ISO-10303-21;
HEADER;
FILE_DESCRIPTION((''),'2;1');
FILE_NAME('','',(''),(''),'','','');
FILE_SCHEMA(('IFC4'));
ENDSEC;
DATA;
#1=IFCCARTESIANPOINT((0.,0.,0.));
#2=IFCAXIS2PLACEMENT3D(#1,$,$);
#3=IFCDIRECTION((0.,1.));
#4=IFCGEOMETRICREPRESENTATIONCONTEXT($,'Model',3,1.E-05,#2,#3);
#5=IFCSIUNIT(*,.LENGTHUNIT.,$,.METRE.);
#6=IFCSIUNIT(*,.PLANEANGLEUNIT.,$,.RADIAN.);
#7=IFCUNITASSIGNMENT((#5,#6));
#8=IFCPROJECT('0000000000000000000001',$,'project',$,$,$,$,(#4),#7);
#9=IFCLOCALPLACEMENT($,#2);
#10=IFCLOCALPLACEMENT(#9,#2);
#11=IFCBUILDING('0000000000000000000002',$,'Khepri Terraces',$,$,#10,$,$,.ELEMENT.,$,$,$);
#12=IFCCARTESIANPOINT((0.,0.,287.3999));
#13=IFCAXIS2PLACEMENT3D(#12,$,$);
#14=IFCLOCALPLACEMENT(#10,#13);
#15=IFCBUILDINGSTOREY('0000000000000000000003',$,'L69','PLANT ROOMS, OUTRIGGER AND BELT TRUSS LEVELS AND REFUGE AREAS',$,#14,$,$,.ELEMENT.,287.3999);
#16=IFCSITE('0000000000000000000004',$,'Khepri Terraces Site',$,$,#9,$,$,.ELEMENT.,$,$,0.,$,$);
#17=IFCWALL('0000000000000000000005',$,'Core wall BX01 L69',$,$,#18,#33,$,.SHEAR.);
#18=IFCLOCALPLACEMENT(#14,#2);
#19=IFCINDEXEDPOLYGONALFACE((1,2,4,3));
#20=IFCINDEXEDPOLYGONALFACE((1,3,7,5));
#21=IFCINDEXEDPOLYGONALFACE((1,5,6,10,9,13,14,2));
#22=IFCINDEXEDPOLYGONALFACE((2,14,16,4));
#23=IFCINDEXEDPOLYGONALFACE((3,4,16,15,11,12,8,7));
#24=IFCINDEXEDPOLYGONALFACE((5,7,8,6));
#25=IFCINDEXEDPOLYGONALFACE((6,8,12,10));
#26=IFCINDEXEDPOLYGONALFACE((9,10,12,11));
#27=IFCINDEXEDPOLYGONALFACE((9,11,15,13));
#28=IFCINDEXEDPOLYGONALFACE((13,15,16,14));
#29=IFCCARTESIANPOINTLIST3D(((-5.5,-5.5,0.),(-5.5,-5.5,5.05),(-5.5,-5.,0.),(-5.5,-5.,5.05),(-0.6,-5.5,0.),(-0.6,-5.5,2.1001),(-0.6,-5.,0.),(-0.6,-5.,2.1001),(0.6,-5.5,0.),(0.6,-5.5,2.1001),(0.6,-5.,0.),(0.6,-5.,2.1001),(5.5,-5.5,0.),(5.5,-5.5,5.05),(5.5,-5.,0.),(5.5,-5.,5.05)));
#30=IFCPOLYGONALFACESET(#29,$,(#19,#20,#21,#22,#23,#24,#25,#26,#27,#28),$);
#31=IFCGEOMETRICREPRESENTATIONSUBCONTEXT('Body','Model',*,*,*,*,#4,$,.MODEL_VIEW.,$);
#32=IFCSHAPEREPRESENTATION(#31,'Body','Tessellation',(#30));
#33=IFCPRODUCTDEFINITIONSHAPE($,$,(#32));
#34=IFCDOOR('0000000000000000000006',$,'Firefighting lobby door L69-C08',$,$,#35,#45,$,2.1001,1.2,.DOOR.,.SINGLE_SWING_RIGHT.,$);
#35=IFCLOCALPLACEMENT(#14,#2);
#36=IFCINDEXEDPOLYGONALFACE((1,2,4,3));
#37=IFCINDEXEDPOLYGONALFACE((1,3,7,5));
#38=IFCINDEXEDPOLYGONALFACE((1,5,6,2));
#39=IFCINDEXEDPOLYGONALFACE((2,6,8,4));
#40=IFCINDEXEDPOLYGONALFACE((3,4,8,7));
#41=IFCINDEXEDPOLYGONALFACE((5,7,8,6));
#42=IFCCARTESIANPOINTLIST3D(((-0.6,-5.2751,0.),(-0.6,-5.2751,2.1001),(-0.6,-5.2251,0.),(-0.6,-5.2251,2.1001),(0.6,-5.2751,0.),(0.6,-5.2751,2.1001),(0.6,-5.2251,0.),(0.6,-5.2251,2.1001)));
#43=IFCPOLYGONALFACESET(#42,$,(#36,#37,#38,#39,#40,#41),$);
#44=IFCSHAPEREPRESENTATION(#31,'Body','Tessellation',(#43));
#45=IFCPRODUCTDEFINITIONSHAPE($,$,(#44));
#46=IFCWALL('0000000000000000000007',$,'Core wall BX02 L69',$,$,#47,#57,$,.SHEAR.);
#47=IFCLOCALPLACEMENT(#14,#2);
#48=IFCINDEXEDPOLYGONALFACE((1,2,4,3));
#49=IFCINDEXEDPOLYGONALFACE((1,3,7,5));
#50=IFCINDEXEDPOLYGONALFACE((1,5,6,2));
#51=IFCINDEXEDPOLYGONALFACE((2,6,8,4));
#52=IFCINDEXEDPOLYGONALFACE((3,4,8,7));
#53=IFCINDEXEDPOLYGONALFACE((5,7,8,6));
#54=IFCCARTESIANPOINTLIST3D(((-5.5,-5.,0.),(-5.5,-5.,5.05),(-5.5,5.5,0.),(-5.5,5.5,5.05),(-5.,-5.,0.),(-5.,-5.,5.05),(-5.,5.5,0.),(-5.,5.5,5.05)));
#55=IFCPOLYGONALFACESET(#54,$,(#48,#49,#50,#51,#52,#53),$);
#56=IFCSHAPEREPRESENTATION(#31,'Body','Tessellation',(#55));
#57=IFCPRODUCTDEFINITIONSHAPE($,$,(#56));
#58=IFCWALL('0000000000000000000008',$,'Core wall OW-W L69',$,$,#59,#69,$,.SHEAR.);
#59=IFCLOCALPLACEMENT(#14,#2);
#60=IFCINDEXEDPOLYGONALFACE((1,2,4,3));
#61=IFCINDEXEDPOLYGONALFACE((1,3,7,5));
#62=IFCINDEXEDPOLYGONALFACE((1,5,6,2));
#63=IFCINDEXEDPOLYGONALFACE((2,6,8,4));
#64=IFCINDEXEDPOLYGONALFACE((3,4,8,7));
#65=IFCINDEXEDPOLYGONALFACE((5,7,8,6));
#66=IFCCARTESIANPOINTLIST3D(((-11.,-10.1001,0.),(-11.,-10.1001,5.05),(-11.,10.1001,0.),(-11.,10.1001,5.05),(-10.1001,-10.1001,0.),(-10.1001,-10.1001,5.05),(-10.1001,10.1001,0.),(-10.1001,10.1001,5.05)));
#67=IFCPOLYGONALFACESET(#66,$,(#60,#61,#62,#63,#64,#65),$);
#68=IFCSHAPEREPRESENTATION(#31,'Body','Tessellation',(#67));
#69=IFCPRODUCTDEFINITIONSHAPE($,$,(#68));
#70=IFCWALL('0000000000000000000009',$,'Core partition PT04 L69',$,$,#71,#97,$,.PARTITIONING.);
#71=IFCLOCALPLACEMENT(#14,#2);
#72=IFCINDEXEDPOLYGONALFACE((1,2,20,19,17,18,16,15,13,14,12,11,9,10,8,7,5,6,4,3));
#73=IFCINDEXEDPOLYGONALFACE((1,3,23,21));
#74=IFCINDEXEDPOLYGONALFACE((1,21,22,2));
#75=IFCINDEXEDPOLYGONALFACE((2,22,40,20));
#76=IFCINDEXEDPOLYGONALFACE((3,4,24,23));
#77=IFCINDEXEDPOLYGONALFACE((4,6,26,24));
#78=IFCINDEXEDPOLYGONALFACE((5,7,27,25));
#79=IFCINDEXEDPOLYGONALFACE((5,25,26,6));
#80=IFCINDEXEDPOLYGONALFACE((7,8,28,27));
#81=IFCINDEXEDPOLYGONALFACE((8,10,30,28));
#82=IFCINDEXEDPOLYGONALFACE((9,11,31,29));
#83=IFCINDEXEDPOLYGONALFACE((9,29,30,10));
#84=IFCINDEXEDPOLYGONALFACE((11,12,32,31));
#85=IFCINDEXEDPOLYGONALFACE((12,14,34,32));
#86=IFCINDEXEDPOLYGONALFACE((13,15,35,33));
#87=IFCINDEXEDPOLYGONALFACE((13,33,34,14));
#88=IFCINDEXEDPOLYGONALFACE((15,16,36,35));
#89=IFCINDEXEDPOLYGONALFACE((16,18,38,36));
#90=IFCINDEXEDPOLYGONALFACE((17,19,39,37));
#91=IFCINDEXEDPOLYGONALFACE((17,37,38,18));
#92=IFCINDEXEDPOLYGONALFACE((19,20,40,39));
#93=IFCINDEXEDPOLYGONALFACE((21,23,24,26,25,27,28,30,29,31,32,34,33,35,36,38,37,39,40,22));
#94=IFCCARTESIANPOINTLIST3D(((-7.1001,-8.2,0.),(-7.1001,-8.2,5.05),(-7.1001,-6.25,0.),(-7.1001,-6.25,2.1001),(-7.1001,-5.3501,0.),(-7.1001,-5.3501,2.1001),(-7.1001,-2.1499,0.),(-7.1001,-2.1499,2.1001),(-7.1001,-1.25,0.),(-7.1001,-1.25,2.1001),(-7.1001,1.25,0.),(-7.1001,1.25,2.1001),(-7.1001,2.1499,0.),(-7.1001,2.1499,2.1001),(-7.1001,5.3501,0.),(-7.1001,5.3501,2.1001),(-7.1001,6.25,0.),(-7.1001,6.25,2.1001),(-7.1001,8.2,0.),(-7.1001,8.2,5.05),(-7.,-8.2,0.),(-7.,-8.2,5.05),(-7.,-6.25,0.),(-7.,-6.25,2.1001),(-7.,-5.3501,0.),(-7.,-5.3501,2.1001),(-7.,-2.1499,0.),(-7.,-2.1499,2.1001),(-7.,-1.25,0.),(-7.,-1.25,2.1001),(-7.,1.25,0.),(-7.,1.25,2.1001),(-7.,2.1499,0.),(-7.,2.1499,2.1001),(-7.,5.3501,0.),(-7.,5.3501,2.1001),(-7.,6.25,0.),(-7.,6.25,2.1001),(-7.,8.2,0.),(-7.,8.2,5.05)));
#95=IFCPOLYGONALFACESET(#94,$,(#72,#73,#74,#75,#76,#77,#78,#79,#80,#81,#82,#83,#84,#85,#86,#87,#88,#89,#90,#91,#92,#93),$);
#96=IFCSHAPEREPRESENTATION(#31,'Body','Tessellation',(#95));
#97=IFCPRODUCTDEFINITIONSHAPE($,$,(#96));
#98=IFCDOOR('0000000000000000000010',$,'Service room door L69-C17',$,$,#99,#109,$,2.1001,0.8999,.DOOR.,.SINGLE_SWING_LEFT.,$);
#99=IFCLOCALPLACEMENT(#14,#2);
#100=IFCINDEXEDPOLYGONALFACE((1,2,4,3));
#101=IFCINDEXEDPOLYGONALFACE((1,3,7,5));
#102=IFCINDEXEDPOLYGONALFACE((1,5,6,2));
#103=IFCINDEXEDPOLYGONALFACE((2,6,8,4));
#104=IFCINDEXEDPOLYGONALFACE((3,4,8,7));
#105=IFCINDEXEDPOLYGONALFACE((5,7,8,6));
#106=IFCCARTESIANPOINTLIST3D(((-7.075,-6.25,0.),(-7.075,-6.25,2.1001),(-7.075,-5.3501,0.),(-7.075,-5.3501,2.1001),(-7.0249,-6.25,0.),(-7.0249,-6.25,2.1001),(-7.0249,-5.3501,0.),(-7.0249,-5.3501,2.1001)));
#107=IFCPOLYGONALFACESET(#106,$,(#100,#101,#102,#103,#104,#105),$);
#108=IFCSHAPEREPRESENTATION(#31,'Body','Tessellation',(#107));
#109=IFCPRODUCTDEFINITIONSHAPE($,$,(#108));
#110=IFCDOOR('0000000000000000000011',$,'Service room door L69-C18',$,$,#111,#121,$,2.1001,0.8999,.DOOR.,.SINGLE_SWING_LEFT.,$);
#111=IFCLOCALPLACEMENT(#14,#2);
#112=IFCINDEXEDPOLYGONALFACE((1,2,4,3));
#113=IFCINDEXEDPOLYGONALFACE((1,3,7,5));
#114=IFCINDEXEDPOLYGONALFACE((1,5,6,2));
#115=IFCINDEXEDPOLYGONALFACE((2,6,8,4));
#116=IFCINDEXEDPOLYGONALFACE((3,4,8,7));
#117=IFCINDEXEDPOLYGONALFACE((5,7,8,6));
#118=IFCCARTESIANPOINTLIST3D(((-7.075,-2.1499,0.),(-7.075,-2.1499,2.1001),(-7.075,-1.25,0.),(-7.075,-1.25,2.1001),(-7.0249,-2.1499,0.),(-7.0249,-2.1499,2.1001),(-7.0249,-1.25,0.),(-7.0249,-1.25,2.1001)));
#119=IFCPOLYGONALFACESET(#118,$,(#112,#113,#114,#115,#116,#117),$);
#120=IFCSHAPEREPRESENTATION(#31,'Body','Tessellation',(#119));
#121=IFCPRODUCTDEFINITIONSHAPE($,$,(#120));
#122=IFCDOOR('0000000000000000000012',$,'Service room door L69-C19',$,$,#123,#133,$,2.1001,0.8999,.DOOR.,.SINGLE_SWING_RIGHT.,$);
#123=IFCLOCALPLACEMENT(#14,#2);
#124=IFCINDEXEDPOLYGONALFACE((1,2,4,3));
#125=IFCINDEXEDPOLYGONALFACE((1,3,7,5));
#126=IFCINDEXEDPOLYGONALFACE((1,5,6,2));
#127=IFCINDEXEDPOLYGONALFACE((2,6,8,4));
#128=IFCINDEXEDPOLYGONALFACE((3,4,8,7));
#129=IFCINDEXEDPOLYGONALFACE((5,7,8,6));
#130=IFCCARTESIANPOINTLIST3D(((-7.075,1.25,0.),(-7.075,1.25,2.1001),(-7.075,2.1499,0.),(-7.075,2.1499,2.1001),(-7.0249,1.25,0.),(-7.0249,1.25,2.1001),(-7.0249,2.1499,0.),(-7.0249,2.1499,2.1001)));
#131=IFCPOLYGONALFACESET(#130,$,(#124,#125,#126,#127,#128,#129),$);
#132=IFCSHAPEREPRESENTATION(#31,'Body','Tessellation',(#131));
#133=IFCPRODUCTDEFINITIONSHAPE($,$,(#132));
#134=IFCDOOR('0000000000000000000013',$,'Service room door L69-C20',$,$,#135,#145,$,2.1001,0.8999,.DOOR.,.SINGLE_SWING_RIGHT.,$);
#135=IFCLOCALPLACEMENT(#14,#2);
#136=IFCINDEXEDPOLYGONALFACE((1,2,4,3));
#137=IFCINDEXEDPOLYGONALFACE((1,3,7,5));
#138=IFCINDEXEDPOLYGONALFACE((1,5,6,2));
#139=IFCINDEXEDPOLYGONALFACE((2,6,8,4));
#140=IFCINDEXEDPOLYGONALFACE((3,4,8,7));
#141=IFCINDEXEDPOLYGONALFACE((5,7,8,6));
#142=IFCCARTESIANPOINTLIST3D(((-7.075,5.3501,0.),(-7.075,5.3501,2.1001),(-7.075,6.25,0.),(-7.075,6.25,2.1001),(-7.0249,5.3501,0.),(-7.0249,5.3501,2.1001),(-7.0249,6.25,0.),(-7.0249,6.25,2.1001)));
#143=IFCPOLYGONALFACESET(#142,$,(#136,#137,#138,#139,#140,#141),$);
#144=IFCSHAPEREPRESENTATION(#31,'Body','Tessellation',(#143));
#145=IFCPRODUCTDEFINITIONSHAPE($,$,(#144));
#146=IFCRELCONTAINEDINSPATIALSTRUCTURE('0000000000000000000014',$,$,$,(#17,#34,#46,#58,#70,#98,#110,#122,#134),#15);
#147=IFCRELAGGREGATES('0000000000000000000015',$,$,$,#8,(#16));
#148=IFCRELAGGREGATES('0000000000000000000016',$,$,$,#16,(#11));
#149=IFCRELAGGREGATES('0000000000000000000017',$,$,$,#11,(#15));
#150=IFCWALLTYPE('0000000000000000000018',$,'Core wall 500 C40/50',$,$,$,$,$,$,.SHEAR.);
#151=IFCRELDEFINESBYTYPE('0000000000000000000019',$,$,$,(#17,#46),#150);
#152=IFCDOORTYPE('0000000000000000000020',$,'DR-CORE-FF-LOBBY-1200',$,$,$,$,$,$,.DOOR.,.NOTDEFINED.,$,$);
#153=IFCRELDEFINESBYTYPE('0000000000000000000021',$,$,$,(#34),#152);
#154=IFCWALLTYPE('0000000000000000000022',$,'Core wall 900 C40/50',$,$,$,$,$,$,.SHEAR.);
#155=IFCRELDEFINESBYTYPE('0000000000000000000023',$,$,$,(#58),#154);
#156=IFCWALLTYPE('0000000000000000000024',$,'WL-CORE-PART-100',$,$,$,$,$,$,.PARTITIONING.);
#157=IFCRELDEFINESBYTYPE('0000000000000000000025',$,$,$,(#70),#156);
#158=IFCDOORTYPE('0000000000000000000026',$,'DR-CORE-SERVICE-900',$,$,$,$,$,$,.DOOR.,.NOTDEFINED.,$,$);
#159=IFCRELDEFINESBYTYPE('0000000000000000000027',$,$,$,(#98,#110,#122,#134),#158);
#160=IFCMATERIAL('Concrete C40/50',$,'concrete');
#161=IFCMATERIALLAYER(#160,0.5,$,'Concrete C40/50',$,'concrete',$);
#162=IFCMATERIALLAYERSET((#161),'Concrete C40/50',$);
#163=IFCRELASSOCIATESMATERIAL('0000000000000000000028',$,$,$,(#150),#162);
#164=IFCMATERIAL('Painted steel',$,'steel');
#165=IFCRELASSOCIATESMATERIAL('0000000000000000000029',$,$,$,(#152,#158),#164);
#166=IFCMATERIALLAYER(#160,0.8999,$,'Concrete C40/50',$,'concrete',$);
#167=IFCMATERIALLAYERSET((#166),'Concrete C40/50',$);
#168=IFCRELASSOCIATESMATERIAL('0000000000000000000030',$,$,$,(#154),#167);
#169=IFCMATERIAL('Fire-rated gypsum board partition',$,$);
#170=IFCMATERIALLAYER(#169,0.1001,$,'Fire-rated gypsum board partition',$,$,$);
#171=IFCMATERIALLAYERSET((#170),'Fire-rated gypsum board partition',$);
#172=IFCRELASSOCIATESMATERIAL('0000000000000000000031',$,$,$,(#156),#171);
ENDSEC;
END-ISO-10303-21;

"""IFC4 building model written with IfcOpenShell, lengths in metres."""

from ifc_helpers import new_model, si_unit, direction, frame, frame_2d, origin, place, context, subcontext, project, spatial, rectangle, extrude, material, layer, layer_set, type_object, element, fill, save


model = new_model("IFC4")

# Units and contexts
model_context = context("Model", 3, precision=1e-05, world=origin(), true_north=direction((0.0, 1.0)))
body_context = subcontext(model_context, "Body", "Model", "MODEL_VIEW")
ifc_project = project(units=[si_unit("LENGTHUNIT", "METRE"), si_unit("PLANEANGLEUNIT", "RADIAN")], contexts=[model_context])

# Site, building, storey
site_placement = place(None, origin())
site = spatial("IfcSite", under=ifc_project, at=site_placement, Name="Khepri Terraces Site", CompositionType="ELEMENT", RefElevation=0.0)
building_placement = place(site_placement, origin())
building = spatial("IfcBuilding", under=site, at=building_placement, Name="Khepri Terraces", CompositionType="ELEMENT")
storey_placement = place(building_placement, frame((0.0, 0.0, 287.3999)))
storey = spatial("IfcBuildingStorey", under=building, at=storey_placement, Name="L69", Description="PLANT ROOMS, OUTRIGGER AND BELT TRUSS LEVELS AND REFUGE AREAS", CompositionType="ELEMENT", Elevation=287.3999)

# Shared definitions
ifc_material_1 = material(Name="Concrete C40/50", Category="concrete")

# Shared definitions
ifc_material_2 = material(Name="Painted steel", Category="steel")

# Wall, opening, door
ifc_layer_1 = layer(ifc_material_1, 0.5, Name="Concrete C40/50", Category="concrete")
ifc_layer_set_1 = layer_set([ifc_layer_1], Name="Concrete C40/50")
wall_type_1 = type_object("IfcWallType", Name="Core wall 500 C40/50", PredefinedType="SHEAR", material=ifc_layer_set_1)
wall_1_placement = place(storey_placement, frame((-5.5, -5.25, 0.0), z_axis=(0.0, 0.0, 1.0), x_axis=(1.0, 0.0, 0.0)))
wall_1 = element("IfcWall", 1, at=wall_1_placement, inside=storey, type_object=wall_type_1, Name="Core wall BX01 L69", PredefinedType="SHEAR", context=body_context, shape_type="SweptSolid", body=[
    extrude(rectangle(XDim=11.0, YDim=0.5, at=frame_2d((5.5, 0.0))), origin(), (0.0, 0.0, 1.0), 5.05),
])
opening_1_placement = place(wall_1_placement, frame((4.8999, 0.0, 0.0)))
opening_1 = element("IfcOpeningElement", 2, at=opening_1_placement, cuts=wall_1, PredefinedType="OPENING", context=body_context, shape_type="SweptSolid", body=[
    extrude(rectangle(XDim=1.2, YDim=2.1001, at=frame_2d((0.6001, 1.05))), frame((0.0, 0.26, 0.0), z_axis=(0.0, -1.0, 0.0), x_axis=(1.0, 0.0, 0.0)), (0.0, 0.0, 1.0), 0.52),
])
door_type_1 = type_object("IfcDoorType", Name="DR-CORE-FF-LOBBY-1200", OperationType="NOTDEFINED", PredefinedType="DOOR", material=ifc_material_2)
door_1_placement = place(opening_1_placement, origin())
door_1 = element("IfcDoor", 3, at=door_1_placement, inside=storey, type_object=door_type_1, Name="Firefighting lobby door L69-C08", OperationType="SINGLE_SWING_RIGHT", OverallHeight=2.1001, OverallWidth=1.2, PredefinedType="DOOR", context=body_context, shape_type="SweptSolid", body=[
    extrude(rectangle(XDim=1.2, YDim=2.1001, at=frame_2d((0.6001, 1.05))), frame((0.0, 0.0249, 0.0), z_axis=(0.0, -1.0, 0.0), x_axis=(1.0, 0.0, 0.0)), (0.0, 0.0, 1.0), 0.05),
])
fill(opening_1, door_1)

# Walls
wall_2_placement = place(storey_placement, frame((-5.25, -5.0, 0.0), z_axis=(0.0, 0.0, 1.0), x_axis=(0.0, 1.0, 0.0)))
element("IfcWall", 4, at=wall_2_placement, inside=storey, type_object=wall_type_1, Name="Core wall BX02 L69", PredefinedType="SHEAR", context=body_context, shape_type="SweptSolid", body=[
    extrude(rectangle(XDim=10.5, YDim=0.5, at=frame_2d((5.25, 0.0))), origin(), (0.0, 0.0, 1.0), 5.05),
])
ifc_layer_2 = layer(ifc_material_1, 0.8999, Name="Concrete C40/50", Category="concrete")
ifc_layer_set_2 = layer_set([ifc_layer_2], Name="Concrete C40/50")
wall_type_2 = type_object("IfcWallType", Name="Core wall 900 C40/50", PredefinedType="SHEAR", material=ifc_layer_set_2)
wall_3_placement = place(storey_placement, frame((-10.55, -10.1001, 0.0), z_axis=(0.0, 0.0, 1.0), x_axis=(0.0, 1.0, 0.0)))
element("IfcWall", 5, at=wall_3_placement, inside=storey, type_object=wall_type_2, Name="Core wall OW-W L69", PredefinedType="SHEAR", context=body_context, shape_type="SweptSolid", body=[
    extrude(rectangle(XDim=20.2002, YDim=0.8999, at=frame_2d((10.1001, 0.0))), origin(), (0.0, 0.0, 1.0), 5.05),
])

# Wall, openings, doors
ifc_material_3 = material(Name="Fire-rated gypsum board partition")
ifc_layer_3 = layer(ifc_material_3, 0.1001, Name="Fire-rated gypsum board partition")
ifc_layer_set_3 = layer_set([ifc_layer_3], Name="Fire-rated gypsum board partition")
wall_type_3 = type_object("IfcWallType", Name="WL-CORE-PART-100", PredefinedType="PARTITIONING", material=ifc_layer_set_3)
wall_4_placement = place(storey_placement, frame((-7.05, -8.2, 0.0), z_axis=(0.0, 0.0, 1.0), x_axis=(0.0, 1.0, 0.0)))
wall_4 = element("IfcWall", 6, at=wall_4_placement, inside=storey, type_object=wall_type_3, Name="Core partition PT04 L69", PredefinedType="PARTITIONING", context=body_context, shape_type="SweptSolid", body=[
    extrude(rectangle(XDim=16.3999, YDim=0.1001, at=frame_2d((8.2, 0.0))), origin(), (0.0, 0.0, 1.0), 5.05),
])
opening_2_placement = place(wall_4_placement, frame((1.95, 0.0, 0.0)))
opening_2 = element("IfcOpeningElement", 7, at=opening_2_placement, cuts=wall_4, PredefinedType="OPENING", context=body_context, shape_type="SweptSolid", body=[
    extrude(rectangle(XDim=0.8999, YDim=2.1001, at=frame_2d((0.45, 1.05))), frame((0.0, 0.0601, 0.0), z_axis=(0.0, -1.0, 0.0), x_axis=(1.0, 0.0, 0.0)), (0.0, 0.0, 1.0), 0.1201),
])
opening_3_placement = place(wall_4_placement, frame((6.05, 0.0, 0.0)))
opening_3 = element("IfcOpeningElement", 8, at=opening_3_placement, cuts=wall_4, PredefinedType="OPENING", context=body_context, shape_type="SweptSolid", body=[
    extrude(rectangle(XDim=0.8999, YDim=2.1001, at=frame_2d((0.45, 1.05))), frame((0.0, 0.0601, 0.0), z_axis=(0.0, -1.0, 0.0), x_axis=(1.0, 0.0, 0.0)), (0.0, 0.0, 1.0), 0.1201),
])
opening_4_placement = place(wall_4_placement, frame((9.45, 0.0, 0.0)))
opening_4 = element("IfcOpeningElement", 9, at=opening_4_placement, cuts=wall_4, PredefinedType="OPENING", context=body_context, shape_type="SweptSolid", body=[
    extrude(rectangle(XDim=0.8999, YDim=2.1001, at=frame_2d((0.45, 1.05))), frame((0.0, 0.0601, 0.0), z_axis=(0.0, -1.0, 0.0), x_axis=(1.0, 0.0, 0.0)), (0.0, 0.0, 1.0), 0.1201),
])
opening_5_placement = place(wall_4_placement, frame((13.55, 0.0, 0.0)))
opening_5 = element("IfcOpeningElement", 10, at=opening_5_placement, cuts=wall_4, PredefinedType="OPENING", context=body_context, shape_type="SweptSolid", body=[
    extrude(rectangle(XDim=0.8999, YDim=2.1001, at=frame_2d((0.45, 1.05))), frame((0.0, 0.0601, 0.0), z_axis=(0.0, -1.0, 0.0), x_axis=(1.0, 0.0, 0.0)), (0.0, 0.0, 1.0), 0.1201),
])
door_type_2 = type_object("IfcDoorType", Name="DR-CORE-SERVICE-900", OperationType="NOTDEFINED", PredefinedType="DOOR", material=ifc_material_2)
door_2_placement = place(opening_2_placement, origin())
door_2 = element("IfcDoor", 11, at=door_2_placement, inside=storey, type_object=door_type_2, Name="Service room door L69-C17", OperationType="SINGLE_SWING_LEFT", OverallHeight=2.1001, OverallWidth=0.8999, PredefinedType="DOOR", context=body_context, shape_type="SweptSolid", body=[
    extrude(rectangle(XDim=0.8999, YDim=2.1001, at=frame_2d((0.45, 1.05))), frame((0.0, 0.0249, 0.0), z_axis=(0.0, -1.0, 0.0), x_axis=(1.0, 0.0, 0.0)), (0.0, 0.0, 1.0), 0.05),
])
fill(opening_2, door_2)
door_3_placement = place(opening_3_placement, origin())
door_3 = element("IfcDoor", 12, at=door_3_placement, inside=storey, type_object=door_type_2, Name="Service room door L69-C18", OperationType="SINGLE_SWING_LEFT", OverallHeight=2.1001, OverallWidth=0.8999, PredefinedType="DOOR", context=body_context, shape_type="SweptSolid", body=[
    extrude(rectangle(XDim=0.8999, YDim=2.1001, at=frame_2d((0.45, 1.05))), frame((0.0, 0.0249, 0.0), z_axis=(0.0, -1.0, 0.0), x_axis=(1.0, 0.0, 0.0)), (0.0, 0.0, 1.0), 0.05),
])
fill(opening_3, door_3)
door_4_placement = place(opening_4_placement, origin())
door_4 = element("IfcDoor", 13, at=door_4_placement, inside=storey, type_object=door_type_2, Name="Service room door L69-C19", OperationType="SINGLE_SWING_RIGHT", OverallHeight=2.1001, OverallWidth=0.8999, PredefinedType="DOOR", context=body_context, shape_type="SweptSolid", body=[
    extrude(rectangle(XDim=0.8999, YDim=2.1001, at=frame_2d((0.45, 1.05))), frame((0.0, 0.0249, 0.0), z_axis=(0.0, -1.0, 0.0), x_axis=(1.0, 0.0, 0.0)), (0.0, 0.0, 1.0), 0.05),
])
fill(opening_4, door_4)
door_5_placement = place(opening_5_placement, origin())
door_5 = element("IfcDoor", 14, at=door_5_placement, inside=storey, type_object=door_type_2, Name="Service room door L69-C20", OperationType="SINGLE_SWING_RIGHT", OverallHeight=2.1001, OverallWidth=0.8999, PredefinedType="DOOR", context=body_context, shape_type="SweptSolid", body=[
    extrude(rectangle(XDim=0.8999, YDim=2.1001, at=frame_2d((0.45, 1.05))), frame((0.0, 0.0249, 0.0), z_axis=(0.0, -1.0, 0.0), x_axis=(1.0, 0.0, 0.0)), (0.0, 0.0, 1.0), 0.05),
])
fill(opening_5, door_5)

save(model, "model.ifc")
